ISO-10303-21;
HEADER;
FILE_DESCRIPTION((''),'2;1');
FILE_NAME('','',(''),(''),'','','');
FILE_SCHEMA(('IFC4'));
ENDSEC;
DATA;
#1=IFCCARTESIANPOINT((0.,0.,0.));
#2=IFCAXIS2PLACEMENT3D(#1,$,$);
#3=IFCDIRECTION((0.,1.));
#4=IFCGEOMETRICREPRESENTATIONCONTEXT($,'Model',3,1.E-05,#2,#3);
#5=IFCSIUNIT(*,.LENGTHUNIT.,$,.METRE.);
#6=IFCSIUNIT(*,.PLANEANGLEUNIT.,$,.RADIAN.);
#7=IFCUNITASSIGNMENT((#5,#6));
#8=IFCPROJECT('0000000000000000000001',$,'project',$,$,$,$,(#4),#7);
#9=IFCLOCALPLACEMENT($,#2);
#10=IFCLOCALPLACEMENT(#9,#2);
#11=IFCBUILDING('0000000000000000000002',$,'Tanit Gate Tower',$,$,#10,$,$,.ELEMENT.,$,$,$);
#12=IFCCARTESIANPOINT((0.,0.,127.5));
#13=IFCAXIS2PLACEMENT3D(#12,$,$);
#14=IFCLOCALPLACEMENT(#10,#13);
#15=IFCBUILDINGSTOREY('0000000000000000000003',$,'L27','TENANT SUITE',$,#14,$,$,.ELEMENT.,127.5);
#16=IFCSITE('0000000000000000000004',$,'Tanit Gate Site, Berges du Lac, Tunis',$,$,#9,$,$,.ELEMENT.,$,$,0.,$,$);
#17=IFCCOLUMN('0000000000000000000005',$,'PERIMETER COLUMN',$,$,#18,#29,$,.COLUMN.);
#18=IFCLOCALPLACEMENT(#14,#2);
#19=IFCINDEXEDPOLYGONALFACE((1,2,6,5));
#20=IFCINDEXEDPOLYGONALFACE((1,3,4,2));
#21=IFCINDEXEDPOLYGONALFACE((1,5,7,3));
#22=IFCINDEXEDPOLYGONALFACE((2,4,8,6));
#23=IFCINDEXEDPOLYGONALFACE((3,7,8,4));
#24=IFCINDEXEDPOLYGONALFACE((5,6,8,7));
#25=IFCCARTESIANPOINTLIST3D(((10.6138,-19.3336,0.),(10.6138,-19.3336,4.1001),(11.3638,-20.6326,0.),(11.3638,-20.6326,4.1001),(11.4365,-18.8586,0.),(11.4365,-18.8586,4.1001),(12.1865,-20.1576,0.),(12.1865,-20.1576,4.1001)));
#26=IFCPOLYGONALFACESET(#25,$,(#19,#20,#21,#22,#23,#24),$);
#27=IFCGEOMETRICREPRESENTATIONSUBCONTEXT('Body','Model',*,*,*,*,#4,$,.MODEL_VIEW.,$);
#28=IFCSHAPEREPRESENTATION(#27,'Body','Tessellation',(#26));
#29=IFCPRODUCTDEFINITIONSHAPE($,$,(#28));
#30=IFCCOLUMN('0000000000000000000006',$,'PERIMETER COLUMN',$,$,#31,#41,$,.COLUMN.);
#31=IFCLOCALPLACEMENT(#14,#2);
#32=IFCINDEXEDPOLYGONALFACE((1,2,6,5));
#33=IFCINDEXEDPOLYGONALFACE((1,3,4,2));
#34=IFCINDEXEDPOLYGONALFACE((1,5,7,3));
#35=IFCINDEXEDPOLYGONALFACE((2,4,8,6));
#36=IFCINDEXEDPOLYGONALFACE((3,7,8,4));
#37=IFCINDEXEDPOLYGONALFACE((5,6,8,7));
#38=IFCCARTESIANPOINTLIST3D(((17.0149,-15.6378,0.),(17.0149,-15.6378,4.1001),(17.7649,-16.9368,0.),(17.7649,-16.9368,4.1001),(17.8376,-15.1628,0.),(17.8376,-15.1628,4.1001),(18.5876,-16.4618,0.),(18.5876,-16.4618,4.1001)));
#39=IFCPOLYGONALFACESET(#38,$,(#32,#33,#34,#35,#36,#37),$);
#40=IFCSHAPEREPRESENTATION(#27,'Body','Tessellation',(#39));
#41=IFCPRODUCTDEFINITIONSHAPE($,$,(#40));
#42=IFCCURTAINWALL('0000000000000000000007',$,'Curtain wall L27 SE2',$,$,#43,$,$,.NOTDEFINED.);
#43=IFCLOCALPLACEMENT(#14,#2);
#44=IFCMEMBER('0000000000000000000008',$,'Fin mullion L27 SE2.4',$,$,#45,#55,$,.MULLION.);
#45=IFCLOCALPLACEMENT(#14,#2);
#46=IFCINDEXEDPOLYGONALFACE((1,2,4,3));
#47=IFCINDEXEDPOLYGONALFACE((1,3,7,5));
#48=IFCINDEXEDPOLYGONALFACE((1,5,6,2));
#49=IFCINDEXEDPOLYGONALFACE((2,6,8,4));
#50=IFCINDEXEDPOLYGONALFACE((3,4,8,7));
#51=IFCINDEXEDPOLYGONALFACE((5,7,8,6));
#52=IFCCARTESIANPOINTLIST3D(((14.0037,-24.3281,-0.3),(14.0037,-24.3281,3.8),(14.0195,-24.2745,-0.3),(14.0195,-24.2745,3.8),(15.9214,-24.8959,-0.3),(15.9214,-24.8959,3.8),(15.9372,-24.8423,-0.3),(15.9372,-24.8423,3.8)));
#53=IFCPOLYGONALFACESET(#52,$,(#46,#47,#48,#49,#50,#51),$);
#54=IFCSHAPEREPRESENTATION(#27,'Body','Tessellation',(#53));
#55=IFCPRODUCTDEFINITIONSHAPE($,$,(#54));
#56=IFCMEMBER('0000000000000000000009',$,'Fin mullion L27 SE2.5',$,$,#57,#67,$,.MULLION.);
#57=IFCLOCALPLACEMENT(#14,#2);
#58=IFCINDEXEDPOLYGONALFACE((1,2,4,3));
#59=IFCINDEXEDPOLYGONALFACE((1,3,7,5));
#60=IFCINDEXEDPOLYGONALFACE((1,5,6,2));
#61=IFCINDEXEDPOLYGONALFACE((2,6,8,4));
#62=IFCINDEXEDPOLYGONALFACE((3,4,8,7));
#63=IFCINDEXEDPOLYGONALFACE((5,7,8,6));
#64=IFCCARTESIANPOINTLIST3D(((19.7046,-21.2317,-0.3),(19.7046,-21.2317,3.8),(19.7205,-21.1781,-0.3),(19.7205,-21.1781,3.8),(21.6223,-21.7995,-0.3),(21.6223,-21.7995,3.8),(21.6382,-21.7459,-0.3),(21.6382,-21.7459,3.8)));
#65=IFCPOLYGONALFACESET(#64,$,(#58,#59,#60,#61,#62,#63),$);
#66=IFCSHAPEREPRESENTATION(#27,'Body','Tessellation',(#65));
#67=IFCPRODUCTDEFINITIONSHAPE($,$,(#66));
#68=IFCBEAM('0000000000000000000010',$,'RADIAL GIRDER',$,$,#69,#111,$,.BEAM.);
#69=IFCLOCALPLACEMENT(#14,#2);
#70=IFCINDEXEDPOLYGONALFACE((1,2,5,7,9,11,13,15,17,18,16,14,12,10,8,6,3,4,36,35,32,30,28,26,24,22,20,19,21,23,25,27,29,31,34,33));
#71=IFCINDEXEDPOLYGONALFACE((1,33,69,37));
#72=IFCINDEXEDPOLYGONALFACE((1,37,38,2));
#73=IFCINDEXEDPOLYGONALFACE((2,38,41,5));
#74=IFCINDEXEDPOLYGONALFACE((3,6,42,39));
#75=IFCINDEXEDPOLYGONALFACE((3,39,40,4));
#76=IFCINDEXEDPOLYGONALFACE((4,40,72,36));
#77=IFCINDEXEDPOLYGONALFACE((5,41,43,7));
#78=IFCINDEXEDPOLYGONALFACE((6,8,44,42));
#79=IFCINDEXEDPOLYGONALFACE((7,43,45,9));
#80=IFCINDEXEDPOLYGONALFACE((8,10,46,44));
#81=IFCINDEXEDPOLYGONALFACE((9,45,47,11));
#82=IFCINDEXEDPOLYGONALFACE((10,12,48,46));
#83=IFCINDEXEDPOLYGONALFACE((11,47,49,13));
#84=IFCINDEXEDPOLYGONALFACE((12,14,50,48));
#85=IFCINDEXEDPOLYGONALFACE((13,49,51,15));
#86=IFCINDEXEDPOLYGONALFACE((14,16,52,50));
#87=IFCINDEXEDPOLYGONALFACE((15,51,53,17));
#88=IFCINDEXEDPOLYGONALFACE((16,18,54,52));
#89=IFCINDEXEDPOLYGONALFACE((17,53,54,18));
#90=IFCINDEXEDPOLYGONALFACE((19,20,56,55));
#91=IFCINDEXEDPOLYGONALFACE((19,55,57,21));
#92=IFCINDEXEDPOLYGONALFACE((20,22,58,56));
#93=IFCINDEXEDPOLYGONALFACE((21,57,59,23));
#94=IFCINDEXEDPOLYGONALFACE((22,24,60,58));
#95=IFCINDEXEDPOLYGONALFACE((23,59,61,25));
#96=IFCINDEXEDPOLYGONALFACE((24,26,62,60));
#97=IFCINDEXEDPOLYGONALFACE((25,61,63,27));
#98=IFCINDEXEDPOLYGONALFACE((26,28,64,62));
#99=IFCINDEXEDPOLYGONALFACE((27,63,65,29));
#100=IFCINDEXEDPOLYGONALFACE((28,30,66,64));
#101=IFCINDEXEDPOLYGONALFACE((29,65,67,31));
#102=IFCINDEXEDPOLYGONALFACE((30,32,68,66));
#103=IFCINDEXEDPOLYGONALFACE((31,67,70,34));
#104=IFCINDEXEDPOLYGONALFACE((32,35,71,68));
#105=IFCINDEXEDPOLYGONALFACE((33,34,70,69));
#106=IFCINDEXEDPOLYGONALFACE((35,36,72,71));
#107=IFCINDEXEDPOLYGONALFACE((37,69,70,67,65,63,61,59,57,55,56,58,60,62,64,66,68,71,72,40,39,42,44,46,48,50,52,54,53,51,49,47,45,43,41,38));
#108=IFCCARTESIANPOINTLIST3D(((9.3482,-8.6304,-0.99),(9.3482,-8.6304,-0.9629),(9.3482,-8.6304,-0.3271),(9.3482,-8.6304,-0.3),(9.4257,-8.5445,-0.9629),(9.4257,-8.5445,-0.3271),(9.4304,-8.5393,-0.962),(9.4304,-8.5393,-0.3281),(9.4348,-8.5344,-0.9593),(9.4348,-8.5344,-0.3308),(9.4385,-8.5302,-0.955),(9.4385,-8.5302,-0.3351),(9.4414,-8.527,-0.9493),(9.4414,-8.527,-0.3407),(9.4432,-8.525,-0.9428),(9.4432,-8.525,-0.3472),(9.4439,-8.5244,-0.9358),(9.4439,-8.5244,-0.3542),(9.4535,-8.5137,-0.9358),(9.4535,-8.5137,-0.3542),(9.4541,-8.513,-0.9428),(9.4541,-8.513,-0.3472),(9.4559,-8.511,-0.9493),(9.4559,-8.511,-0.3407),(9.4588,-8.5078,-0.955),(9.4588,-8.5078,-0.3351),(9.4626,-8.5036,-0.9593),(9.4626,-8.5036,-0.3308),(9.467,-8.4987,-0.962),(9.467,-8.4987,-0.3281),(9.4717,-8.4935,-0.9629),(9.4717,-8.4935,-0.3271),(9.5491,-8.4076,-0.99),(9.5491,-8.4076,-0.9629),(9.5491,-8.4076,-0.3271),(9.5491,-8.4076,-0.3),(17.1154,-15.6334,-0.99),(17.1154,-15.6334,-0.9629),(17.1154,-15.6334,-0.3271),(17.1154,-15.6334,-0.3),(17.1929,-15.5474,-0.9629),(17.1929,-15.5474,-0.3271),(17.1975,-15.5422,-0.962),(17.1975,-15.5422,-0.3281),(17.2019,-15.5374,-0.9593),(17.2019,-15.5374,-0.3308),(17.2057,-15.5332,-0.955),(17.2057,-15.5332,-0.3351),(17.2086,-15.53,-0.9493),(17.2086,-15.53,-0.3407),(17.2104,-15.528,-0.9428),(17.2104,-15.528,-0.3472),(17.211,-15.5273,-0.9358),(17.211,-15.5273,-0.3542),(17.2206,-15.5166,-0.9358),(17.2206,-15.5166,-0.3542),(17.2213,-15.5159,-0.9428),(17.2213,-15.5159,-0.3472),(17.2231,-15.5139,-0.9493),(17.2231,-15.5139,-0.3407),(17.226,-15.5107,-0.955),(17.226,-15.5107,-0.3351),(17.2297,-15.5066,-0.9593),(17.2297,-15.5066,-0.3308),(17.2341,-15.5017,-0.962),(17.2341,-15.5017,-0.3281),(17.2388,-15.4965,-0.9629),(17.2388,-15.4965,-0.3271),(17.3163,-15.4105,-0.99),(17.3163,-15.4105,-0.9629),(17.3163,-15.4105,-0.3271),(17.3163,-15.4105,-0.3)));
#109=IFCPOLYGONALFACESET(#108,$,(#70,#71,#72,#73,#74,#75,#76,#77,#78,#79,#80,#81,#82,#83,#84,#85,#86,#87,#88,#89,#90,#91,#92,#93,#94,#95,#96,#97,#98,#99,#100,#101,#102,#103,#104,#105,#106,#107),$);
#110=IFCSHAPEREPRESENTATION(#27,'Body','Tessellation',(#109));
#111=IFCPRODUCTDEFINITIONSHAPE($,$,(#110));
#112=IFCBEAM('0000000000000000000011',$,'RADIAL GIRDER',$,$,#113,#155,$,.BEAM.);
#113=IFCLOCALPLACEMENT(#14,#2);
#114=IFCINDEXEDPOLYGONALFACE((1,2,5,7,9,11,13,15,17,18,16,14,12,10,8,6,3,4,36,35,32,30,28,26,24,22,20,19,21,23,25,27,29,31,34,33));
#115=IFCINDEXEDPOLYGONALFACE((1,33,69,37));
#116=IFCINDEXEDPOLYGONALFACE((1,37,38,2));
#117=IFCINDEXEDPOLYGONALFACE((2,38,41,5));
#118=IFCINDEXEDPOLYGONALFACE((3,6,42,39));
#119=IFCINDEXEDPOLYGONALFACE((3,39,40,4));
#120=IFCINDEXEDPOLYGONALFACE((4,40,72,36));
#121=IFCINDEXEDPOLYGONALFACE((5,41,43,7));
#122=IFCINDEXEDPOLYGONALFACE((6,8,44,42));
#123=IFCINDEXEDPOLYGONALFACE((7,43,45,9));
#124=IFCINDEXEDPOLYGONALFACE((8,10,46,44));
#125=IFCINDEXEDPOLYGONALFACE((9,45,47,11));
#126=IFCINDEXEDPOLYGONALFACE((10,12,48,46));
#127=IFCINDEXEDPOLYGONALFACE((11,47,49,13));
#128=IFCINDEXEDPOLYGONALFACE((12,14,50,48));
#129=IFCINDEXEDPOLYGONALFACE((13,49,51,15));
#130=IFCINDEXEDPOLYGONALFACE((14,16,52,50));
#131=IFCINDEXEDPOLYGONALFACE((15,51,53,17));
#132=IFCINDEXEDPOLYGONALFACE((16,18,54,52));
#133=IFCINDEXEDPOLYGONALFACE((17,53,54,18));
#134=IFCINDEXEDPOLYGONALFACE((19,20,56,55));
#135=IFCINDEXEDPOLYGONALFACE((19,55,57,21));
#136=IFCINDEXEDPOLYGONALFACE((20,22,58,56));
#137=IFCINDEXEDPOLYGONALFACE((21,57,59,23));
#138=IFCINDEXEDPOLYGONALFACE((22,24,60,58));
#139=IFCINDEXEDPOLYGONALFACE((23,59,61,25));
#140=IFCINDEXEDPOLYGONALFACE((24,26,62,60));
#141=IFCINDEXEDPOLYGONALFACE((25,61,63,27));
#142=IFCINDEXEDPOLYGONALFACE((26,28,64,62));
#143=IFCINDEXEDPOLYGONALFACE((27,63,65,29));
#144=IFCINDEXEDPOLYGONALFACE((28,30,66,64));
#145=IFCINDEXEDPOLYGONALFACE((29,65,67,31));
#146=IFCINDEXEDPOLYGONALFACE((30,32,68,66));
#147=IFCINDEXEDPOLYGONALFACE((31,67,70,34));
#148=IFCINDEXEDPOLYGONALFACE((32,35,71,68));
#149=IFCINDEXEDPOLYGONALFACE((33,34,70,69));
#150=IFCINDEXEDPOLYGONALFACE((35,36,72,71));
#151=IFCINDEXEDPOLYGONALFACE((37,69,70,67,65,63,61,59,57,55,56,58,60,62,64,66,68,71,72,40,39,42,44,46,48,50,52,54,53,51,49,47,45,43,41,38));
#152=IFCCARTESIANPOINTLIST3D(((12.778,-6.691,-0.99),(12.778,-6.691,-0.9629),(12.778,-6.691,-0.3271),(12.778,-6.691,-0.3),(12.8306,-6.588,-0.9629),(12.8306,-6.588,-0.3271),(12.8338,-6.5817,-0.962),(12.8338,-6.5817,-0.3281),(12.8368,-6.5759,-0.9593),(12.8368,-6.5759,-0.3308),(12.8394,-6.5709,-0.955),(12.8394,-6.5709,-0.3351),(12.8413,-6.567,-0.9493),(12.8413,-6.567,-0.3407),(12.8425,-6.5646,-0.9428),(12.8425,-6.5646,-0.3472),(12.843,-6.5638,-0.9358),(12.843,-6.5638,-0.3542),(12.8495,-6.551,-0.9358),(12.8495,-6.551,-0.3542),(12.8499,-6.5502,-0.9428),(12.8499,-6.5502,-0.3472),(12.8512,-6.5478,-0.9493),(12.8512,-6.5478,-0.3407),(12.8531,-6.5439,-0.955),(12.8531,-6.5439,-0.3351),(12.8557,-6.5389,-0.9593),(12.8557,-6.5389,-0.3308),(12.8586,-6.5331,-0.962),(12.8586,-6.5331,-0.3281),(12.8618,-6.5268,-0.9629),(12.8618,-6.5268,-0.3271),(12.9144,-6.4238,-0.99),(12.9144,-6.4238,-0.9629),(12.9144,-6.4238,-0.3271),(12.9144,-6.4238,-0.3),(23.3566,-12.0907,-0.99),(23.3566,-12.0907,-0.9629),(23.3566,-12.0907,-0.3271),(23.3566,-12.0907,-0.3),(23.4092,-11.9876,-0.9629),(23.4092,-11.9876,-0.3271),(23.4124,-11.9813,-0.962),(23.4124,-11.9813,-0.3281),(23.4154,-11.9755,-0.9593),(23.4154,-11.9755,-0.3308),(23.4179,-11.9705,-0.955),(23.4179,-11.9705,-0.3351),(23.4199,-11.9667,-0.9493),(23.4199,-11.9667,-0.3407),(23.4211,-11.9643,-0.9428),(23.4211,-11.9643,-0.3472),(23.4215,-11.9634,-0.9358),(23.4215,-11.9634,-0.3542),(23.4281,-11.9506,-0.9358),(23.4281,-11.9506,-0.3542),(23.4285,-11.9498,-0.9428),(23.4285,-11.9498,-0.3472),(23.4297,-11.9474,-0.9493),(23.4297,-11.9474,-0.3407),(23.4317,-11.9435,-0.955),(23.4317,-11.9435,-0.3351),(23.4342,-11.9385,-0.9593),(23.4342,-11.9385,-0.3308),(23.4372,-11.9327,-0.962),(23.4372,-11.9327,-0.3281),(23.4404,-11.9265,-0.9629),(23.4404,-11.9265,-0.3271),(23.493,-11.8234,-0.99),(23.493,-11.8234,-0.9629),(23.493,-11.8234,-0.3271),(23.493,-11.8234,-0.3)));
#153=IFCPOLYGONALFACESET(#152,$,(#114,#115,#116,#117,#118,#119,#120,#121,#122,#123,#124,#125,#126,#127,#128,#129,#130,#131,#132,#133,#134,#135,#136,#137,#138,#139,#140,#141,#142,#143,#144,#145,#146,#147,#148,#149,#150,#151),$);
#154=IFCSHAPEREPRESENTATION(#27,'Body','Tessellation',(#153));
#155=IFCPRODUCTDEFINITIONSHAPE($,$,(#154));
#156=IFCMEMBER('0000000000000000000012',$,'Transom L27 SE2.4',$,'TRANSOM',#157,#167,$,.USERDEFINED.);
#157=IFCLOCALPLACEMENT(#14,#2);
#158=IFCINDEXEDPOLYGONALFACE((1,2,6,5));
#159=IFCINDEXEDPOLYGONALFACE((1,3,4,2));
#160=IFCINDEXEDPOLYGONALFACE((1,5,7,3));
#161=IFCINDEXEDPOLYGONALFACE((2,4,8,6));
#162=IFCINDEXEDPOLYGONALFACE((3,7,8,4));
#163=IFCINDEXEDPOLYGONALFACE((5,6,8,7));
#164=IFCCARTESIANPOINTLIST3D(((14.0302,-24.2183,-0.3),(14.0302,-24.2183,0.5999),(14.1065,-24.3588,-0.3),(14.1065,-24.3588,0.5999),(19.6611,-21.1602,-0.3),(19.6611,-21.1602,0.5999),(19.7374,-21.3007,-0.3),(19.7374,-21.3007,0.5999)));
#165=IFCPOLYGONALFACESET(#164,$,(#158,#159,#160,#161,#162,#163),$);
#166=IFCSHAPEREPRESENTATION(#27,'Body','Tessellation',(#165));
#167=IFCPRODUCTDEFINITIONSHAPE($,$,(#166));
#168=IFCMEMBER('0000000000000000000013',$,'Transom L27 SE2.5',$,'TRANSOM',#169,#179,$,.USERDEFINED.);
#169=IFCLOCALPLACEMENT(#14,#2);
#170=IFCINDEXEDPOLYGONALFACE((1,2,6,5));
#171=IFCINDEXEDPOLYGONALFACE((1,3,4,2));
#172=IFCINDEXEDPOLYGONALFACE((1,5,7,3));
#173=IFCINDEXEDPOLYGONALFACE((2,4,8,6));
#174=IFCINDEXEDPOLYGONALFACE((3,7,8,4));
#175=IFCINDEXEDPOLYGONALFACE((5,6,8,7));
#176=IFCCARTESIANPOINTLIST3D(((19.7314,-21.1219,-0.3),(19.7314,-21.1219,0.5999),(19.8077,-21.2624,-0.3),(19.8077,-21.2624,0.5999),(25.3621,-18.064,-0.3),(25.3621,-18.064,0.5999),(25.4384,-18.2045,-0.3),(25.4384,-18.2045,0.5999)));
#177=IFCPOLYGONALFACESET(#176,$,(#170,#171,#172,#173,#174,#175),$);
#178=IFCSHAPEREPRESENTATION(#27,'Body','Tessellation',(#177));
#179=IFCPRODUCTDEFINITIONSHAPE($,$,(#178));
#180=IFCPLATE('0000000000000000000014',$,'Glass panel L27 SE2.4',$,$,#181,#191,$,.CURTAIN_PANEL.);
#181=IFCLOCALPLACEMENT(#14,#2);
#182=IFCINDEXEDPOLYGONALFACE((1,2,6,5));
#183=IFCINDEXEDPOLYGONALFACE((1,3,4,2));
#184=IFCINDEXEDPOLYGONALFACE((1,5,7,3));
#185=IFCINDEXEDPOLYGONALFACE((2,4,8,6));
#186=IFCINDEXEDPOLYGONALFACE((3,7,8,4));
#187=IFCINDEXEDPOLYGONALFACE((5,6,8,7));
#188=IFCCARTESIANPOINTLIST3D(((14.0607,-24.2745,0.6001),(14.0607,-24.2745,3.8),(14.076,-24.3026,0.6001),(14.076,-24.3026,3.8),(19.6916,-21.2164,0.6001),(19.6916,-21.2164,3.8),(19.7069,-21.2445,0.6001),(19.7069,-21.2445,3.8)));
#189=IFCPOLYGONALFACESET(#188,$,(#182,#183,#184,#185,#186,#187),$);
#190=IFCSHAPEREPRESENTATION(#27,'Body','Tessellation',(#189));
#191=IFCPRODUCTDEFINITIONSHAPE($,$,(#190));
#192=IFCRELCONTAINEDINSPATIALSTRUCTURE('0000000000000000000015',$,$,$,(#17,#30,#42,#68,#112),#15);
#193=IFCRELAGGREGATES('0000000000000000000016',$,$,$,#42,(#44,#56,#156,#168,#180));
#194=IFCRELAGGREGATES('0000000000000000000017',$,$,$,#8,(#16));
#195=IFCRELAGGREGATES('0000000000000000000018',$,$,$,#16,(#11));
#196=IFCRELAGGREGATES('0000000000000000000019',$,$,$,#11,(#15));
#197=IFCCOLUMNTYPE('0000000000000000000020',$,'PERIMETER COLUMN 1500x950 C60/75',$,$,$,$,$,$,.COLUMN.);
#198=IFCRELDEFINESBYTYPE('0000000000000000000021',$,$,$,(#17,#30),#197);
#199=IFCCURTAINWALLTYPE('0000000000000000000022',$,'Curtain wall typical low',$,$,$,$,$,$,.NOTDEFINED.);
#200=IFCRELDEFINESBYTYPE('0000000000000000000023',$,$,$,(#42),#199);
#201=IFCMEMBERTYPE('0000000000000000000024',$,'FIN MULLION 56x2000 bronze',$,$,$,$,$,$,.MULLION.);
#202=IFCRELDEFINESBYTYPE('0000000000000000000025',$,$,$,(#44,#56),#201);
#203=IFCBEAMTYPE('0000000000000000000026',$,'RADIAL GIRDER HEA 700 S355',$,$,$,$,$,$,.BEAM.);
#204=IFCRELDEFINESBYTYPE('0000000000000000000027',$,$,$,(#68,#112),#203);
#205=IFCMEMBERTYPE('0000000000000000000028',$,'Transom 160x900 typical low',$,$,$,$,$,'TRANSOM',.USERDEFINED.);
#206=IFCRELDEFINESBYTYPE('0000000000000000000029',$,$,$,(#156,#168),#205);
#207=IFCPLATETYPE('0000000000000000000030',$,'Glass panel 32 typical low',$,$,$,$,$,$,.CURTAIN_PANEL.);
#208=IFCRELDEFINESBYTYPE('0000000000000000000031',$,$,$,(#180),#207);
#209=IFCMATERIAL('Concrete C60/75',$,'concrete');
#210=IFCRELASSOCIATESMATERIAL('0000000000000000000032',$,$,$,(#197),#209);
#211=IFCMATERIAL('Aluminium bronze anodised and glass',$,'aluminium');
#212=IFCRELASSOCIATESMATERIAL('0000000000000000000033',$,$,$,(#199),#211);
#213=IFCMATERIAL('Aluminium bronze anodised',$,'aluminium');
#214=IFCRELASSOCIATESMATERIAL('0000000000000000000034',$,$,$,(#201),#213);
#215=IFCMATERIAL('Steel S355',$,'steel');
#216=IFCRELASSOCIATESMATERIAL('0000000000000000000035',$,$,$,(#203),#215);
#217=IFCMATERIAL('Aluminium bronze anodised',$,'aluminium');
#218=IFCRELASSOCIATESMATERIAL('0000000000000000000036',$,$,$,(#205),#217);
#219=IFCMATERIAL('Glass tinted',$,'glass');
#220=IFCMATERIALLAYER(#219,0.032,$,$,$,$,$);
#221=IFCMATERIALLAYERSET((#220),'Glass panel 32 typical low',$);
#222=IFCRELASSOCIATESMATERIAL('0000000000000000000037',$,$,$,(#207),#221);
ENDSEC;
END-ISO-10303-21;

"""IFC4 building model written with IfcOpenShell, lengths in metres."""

from ifc_helpers import new_model, si_unit, direction, frame, origin, origin_2d, place, context, subcontext, project, spatial, rectangle, i_section, extrude, material, layer, layer_set, material_profile, profile_set, type_object, element, aggregate, save


model = new_model("IFC4")

# Units and contexts
model_context = context("Model", 3, precision=1e-05, world=origin(), true_north=direction((0.0, 1.0)))
body_context = subcontext(model_context, "Body", "Model", "MODEL_VIEW")
ifc_project = project(units=[si_unit("LENGTHUNIT", "METRE"), si_unit("PLANEANGLEUNIT", "RADIAN")], contexts=[model_context])

# Site, building, storey
site_placement = place(None, origin())
site = spatial("IfcSite", under=ifc_project, at=site_placement, Name="Tanit Gate Site, Berges du Lac, Tunis", CompositionType="ELEMENT", RefElevation=0.0)
building_placement = place(site_placement, origin())
building = spatial("IfcBuilding", under=site, at=building_placement, Name="Tanit Gate Tower", CompositionType="ELEMENT")
storey_placement = place(building_placement, frame((0.0, 0.0, 127.5)))
storey = spatial("IfcBuildingStorey", under=building, at=storey_placement, Name="L27", Description="TENANT SUITE", CompositionType="ELEMENT", Elevation=127.5)

# Columns
ifc_material_1 = material(Name="Concrete C60/75", Category="concrete")
ifc_material_profile_1 = material_profile(ifc_material_1, rectangle(XDim=1.5, YDim=0.95, at=origin_2d()), Name="RC 1500x950")
ifc_profile_set_1 = profile_set([ifc_material_profile_1], Name="Concrete C60/75")
column_type = type_object("IfcColumnType", Name="PERIMETER COLUMN 1500x950 C60/75", PredefinedType="COLUMN", material=ifc_profile_set_1)
for number, where, z_axis, x_axis, name in (
    (1, (11.4001, -19.7456, 0.0), (0.0, 0.0, 1.0), (0.5, -0.866025, 0.0), "PERIMETER COLUMN"),
    (2, (17.8013, -16.0498, 0.0), (0.0, 0.0, 1.0), (0.5, -0.866025, 0.0), "PERIMETER COLUMN"),
):
    element("IfcColumn", number, at=place(storey_placement, frame(where, z_axis=z_axis, x_axis=x_axis)), inside=storey, type_object=column_type, Name=name, PredefinedType="COLUMN", context=body_context, shape_type="SweptSolid", body=[
        extrude(rectangle(XDim=1.5, YDim=0.95, at=origin_2d()), origin(), (0.0, 0.0, 1.0), 4.1001),
    ])

# Curtain wall, members
ifc_material_2 = material(Name="Aluminium bronze anodised and glass", Category="aluminium")
curtain_wall_type = type_object("IfcCurtainWallType", Name="Curtain wall typical low", PredefinedType="NOTDEFINED", material=ifc_material_2)
curtain_wall_placement = place(storey_placement, origin())
curtain_wall = element("IfcCurtainWall", 3, at=curtain_wall_placement, inside=storey, type_object=curtain_wall_type, Name="Curtain wall L27 SE2", PredefinedType="NOTDEFINED")
ifc_material_3 = material(Name="Aluminium bronze anodised", Category="aluminium")
ifc_material_profile_2 = material_profile(ifc_material_3, rectangle(XDim=2.0, YDim=0.0559, at=origin_2d()), Name="56x2000 bronze fin mullion")
ifc_profile_set_2 = profile_set([ifc_material_profile_2], Name="Aluminium bronze anodised")
member_type_1 = type_object("IfcMemberType", Name="FIN MULLION 56x2000 bronze", PredefinedType="MULLION", material=ifc_profile_set_2)
member_1_placement = place(storey_placement, frame((14.9705, -24.5852, -0.3), z_axis=(0.0, 0.0, 1.0), x_axis=(-0.958852, 0.283906, 0.0)))
member_1 = element("IfcMember", 4, at=member_1_placement, type_object=member_type_1, Name="Fin mullion L27 SE2.4", PredefinedType="MULLION", context=body_context, shape_type="SweptSolid", body=[
    extrude(rectangle(XDim=2.0, YDim=0.0559, at=origin_2d()), origin(), (0.0, 0.0, 1.0), 4.1001),
])
member_2_placement = place(storey_placement, frame((20.6714, -21.4888, -0.3), z_axis=(0.0, 0.0, 1.0), x_axis=(-0.958852, 0.283906, 0.0)))
member_2 = element("IfcMember", 5, at=member_2_placement, type_object=member_type_1, Name="Fin mullion L27 SE2.5", PredefinedType="MULLION", context=body_context, shape_type="SweptSolid", body=[
    extrude(rectangle(XDim=2.0, YDim=0.0559, at=origin_2d()), origin(), (0.0, 0.0, 1.0), 4.1001),
])

# Beams
ifc_material_4 = material(Name="Steel S355", Category="steel")
ifc_material_profile_3 = material_profile(ifc_material_4, i_section(OverallWidth=0.3, OverallDepth=0.6899, WebThickness=0.0144, FlangeThickness=0.0271, FilletRadius=0.0271, at=origin_2d()), Name="HEA 700")
ifc_profile_set_3 = profile_set([ifc_material_profile_3], Name="Steel S355")
beam_type = type_object("IfcBeamType", Name="RADIAL GIRDER HEA 700 S355", PredefinedType="BEAM", material=ifc_profile_set_3)
beam_1_placement = place(storey_placement, frame((17.2158, -15.522, -0.645), z_axis=(-0.742697, 0.669627, 0.0), x_axis=(-0.669627, -0.742697, 0.0)))
element("IfcBeam", 6, at=beam_1_placement, inside=storey, type_object=beam_type, Name="RADIAL GIRDER", PredefinedType="BEAM", context=body_context, shape_type="SweptSolid", body=[
    extrude(i_section(OverallWidth=0.3, OverallDepth=0.6899, WebThickness=0.0144, FlangeThickness=0.0271, FilletRadius=0.0271, at=origin_2d()), origin(), (0.0, 0.0, 1.0), 10.458),
])
beam_2_placement = place(storey_placement, frame((23.4248, -11.957, -0.645), z_axis=(-0.89068, 0.454631, 0.0), x_axis=(-0.454631, -0.89068, 0.0)))
element("IfcBeam", 7, at=beam_2_placement, inside=storey, type_object=beam_type, Name="RADIAL GIRDER", PredefinedType="BEAM", context=body_context, shape_type="SweptSolid", body=[
    extrude(i_section(OverallWidth=0.3, OverallDepth=0.6899, WebThickness=0.0144, FlangeThickness=0.0271, FilletRadius=0.0271, at=origin_2d()), origin(), (0.0, 0.0, 1.0), 11.877),
])

# Members
ifc_material_5 = material(Name="Aluminium bronze anodised", Category="aluminium")
ifc_material_profile_4 = material_profile(ifc_material_5, rectangle(XDim=0.1599, YDim=0.8999, at=origin_2d()), Name="160x900 bronze transom")
ifc_profile_set_4 = profile_set([ifc_material_profile_4], Name="Aluminium bronze anodised")
member_type_2 = type_object("IfcMemberType", Name="Transom 160x900 typical low", ElementType="TRANSOM", PredefinedType="USERDEFINED", material=ifc_profile_set_4)
member_3_placement = place(storey_placement, frame((14.0684, -24.2886, 0.1499), z_axis=(0.878765, 0.477255, 0.0), x_axis=(-0.477255, 0.878765, 0.0)))
member_3 = element("IfcMember", 8, at=member_3_placement, type_object=member_type_2, Name="Transom L27 SE2.4", ObjectType="TRANSOM", PredefinedType="USERDEFINED", context=body_context, shape_type="SweptSolid", body=[
    extrude(rectangle(XDim=0.1599, YDim=0.8999, at=origin_2d()), origin(), (0.0, 0.0, 1.0), 6.4077),
])
member_4_placement = place(storey_placement, frame((19.7695, -21.1921, 0.1499), z_axis=(0.878772, 0.477242, 0.0), x_axis=(-0.477242, 0.878772, 0.0)))
member_4 = element("IfcMember", 9, at=member_4_placement, type_object=member_type_2, Name="Transom L27 SE2.5", ObjectType="TRANSOM", PredefinedType="USERDEFINED", context=body_context, shape_type="SweptSolid", body=[
    extrude(rectangle(XDim=0.1599, YDim=0.8999, at=origin_2d()), origin(), (0.0, 0.0, 1.0), 6.4075),
])

# Plate
ifc_material_6 = material(Name="Glass tinted", Category="glass")
ifc_layer_1 = layer(ifc_material_6, 0.032)
ifc_layer_set_1 = layer_set([ifc_layer_1], Name="Glass panel 32 typical low")
plate_type = type_object("IfcPlateType", Name="Glass panel 32 typical low", PredefinedType="CURTAIN_PANEL", material=ifc_layer_set_1)
plate_1_placement = place(storey_placement, frame((16.8838, -22.7595, 0.6001), z_axis=(0.0, 0.0, 1.0), x_axis=(0.878762, 0.477259, 0.0)))
plate_1 = element("IfcPlate", 10, at=plate_1_placement, type_object=plate_type, Name="Glass panel L27 SE2.4", PredefinedType="CURTAIN_PANEL", context=body_context, shape_type="SweptSolid", body=[
    extrude(rectangle(XDim=6.4077, YDim=0.032, at=origin_2d()), origin(), (0.0, 0.0, 1.0), 3.2),
])
aggregate(curtain_wall, [member_1, member_2, member_3, member_4, plate_1])

save(model, "model.ifc")
